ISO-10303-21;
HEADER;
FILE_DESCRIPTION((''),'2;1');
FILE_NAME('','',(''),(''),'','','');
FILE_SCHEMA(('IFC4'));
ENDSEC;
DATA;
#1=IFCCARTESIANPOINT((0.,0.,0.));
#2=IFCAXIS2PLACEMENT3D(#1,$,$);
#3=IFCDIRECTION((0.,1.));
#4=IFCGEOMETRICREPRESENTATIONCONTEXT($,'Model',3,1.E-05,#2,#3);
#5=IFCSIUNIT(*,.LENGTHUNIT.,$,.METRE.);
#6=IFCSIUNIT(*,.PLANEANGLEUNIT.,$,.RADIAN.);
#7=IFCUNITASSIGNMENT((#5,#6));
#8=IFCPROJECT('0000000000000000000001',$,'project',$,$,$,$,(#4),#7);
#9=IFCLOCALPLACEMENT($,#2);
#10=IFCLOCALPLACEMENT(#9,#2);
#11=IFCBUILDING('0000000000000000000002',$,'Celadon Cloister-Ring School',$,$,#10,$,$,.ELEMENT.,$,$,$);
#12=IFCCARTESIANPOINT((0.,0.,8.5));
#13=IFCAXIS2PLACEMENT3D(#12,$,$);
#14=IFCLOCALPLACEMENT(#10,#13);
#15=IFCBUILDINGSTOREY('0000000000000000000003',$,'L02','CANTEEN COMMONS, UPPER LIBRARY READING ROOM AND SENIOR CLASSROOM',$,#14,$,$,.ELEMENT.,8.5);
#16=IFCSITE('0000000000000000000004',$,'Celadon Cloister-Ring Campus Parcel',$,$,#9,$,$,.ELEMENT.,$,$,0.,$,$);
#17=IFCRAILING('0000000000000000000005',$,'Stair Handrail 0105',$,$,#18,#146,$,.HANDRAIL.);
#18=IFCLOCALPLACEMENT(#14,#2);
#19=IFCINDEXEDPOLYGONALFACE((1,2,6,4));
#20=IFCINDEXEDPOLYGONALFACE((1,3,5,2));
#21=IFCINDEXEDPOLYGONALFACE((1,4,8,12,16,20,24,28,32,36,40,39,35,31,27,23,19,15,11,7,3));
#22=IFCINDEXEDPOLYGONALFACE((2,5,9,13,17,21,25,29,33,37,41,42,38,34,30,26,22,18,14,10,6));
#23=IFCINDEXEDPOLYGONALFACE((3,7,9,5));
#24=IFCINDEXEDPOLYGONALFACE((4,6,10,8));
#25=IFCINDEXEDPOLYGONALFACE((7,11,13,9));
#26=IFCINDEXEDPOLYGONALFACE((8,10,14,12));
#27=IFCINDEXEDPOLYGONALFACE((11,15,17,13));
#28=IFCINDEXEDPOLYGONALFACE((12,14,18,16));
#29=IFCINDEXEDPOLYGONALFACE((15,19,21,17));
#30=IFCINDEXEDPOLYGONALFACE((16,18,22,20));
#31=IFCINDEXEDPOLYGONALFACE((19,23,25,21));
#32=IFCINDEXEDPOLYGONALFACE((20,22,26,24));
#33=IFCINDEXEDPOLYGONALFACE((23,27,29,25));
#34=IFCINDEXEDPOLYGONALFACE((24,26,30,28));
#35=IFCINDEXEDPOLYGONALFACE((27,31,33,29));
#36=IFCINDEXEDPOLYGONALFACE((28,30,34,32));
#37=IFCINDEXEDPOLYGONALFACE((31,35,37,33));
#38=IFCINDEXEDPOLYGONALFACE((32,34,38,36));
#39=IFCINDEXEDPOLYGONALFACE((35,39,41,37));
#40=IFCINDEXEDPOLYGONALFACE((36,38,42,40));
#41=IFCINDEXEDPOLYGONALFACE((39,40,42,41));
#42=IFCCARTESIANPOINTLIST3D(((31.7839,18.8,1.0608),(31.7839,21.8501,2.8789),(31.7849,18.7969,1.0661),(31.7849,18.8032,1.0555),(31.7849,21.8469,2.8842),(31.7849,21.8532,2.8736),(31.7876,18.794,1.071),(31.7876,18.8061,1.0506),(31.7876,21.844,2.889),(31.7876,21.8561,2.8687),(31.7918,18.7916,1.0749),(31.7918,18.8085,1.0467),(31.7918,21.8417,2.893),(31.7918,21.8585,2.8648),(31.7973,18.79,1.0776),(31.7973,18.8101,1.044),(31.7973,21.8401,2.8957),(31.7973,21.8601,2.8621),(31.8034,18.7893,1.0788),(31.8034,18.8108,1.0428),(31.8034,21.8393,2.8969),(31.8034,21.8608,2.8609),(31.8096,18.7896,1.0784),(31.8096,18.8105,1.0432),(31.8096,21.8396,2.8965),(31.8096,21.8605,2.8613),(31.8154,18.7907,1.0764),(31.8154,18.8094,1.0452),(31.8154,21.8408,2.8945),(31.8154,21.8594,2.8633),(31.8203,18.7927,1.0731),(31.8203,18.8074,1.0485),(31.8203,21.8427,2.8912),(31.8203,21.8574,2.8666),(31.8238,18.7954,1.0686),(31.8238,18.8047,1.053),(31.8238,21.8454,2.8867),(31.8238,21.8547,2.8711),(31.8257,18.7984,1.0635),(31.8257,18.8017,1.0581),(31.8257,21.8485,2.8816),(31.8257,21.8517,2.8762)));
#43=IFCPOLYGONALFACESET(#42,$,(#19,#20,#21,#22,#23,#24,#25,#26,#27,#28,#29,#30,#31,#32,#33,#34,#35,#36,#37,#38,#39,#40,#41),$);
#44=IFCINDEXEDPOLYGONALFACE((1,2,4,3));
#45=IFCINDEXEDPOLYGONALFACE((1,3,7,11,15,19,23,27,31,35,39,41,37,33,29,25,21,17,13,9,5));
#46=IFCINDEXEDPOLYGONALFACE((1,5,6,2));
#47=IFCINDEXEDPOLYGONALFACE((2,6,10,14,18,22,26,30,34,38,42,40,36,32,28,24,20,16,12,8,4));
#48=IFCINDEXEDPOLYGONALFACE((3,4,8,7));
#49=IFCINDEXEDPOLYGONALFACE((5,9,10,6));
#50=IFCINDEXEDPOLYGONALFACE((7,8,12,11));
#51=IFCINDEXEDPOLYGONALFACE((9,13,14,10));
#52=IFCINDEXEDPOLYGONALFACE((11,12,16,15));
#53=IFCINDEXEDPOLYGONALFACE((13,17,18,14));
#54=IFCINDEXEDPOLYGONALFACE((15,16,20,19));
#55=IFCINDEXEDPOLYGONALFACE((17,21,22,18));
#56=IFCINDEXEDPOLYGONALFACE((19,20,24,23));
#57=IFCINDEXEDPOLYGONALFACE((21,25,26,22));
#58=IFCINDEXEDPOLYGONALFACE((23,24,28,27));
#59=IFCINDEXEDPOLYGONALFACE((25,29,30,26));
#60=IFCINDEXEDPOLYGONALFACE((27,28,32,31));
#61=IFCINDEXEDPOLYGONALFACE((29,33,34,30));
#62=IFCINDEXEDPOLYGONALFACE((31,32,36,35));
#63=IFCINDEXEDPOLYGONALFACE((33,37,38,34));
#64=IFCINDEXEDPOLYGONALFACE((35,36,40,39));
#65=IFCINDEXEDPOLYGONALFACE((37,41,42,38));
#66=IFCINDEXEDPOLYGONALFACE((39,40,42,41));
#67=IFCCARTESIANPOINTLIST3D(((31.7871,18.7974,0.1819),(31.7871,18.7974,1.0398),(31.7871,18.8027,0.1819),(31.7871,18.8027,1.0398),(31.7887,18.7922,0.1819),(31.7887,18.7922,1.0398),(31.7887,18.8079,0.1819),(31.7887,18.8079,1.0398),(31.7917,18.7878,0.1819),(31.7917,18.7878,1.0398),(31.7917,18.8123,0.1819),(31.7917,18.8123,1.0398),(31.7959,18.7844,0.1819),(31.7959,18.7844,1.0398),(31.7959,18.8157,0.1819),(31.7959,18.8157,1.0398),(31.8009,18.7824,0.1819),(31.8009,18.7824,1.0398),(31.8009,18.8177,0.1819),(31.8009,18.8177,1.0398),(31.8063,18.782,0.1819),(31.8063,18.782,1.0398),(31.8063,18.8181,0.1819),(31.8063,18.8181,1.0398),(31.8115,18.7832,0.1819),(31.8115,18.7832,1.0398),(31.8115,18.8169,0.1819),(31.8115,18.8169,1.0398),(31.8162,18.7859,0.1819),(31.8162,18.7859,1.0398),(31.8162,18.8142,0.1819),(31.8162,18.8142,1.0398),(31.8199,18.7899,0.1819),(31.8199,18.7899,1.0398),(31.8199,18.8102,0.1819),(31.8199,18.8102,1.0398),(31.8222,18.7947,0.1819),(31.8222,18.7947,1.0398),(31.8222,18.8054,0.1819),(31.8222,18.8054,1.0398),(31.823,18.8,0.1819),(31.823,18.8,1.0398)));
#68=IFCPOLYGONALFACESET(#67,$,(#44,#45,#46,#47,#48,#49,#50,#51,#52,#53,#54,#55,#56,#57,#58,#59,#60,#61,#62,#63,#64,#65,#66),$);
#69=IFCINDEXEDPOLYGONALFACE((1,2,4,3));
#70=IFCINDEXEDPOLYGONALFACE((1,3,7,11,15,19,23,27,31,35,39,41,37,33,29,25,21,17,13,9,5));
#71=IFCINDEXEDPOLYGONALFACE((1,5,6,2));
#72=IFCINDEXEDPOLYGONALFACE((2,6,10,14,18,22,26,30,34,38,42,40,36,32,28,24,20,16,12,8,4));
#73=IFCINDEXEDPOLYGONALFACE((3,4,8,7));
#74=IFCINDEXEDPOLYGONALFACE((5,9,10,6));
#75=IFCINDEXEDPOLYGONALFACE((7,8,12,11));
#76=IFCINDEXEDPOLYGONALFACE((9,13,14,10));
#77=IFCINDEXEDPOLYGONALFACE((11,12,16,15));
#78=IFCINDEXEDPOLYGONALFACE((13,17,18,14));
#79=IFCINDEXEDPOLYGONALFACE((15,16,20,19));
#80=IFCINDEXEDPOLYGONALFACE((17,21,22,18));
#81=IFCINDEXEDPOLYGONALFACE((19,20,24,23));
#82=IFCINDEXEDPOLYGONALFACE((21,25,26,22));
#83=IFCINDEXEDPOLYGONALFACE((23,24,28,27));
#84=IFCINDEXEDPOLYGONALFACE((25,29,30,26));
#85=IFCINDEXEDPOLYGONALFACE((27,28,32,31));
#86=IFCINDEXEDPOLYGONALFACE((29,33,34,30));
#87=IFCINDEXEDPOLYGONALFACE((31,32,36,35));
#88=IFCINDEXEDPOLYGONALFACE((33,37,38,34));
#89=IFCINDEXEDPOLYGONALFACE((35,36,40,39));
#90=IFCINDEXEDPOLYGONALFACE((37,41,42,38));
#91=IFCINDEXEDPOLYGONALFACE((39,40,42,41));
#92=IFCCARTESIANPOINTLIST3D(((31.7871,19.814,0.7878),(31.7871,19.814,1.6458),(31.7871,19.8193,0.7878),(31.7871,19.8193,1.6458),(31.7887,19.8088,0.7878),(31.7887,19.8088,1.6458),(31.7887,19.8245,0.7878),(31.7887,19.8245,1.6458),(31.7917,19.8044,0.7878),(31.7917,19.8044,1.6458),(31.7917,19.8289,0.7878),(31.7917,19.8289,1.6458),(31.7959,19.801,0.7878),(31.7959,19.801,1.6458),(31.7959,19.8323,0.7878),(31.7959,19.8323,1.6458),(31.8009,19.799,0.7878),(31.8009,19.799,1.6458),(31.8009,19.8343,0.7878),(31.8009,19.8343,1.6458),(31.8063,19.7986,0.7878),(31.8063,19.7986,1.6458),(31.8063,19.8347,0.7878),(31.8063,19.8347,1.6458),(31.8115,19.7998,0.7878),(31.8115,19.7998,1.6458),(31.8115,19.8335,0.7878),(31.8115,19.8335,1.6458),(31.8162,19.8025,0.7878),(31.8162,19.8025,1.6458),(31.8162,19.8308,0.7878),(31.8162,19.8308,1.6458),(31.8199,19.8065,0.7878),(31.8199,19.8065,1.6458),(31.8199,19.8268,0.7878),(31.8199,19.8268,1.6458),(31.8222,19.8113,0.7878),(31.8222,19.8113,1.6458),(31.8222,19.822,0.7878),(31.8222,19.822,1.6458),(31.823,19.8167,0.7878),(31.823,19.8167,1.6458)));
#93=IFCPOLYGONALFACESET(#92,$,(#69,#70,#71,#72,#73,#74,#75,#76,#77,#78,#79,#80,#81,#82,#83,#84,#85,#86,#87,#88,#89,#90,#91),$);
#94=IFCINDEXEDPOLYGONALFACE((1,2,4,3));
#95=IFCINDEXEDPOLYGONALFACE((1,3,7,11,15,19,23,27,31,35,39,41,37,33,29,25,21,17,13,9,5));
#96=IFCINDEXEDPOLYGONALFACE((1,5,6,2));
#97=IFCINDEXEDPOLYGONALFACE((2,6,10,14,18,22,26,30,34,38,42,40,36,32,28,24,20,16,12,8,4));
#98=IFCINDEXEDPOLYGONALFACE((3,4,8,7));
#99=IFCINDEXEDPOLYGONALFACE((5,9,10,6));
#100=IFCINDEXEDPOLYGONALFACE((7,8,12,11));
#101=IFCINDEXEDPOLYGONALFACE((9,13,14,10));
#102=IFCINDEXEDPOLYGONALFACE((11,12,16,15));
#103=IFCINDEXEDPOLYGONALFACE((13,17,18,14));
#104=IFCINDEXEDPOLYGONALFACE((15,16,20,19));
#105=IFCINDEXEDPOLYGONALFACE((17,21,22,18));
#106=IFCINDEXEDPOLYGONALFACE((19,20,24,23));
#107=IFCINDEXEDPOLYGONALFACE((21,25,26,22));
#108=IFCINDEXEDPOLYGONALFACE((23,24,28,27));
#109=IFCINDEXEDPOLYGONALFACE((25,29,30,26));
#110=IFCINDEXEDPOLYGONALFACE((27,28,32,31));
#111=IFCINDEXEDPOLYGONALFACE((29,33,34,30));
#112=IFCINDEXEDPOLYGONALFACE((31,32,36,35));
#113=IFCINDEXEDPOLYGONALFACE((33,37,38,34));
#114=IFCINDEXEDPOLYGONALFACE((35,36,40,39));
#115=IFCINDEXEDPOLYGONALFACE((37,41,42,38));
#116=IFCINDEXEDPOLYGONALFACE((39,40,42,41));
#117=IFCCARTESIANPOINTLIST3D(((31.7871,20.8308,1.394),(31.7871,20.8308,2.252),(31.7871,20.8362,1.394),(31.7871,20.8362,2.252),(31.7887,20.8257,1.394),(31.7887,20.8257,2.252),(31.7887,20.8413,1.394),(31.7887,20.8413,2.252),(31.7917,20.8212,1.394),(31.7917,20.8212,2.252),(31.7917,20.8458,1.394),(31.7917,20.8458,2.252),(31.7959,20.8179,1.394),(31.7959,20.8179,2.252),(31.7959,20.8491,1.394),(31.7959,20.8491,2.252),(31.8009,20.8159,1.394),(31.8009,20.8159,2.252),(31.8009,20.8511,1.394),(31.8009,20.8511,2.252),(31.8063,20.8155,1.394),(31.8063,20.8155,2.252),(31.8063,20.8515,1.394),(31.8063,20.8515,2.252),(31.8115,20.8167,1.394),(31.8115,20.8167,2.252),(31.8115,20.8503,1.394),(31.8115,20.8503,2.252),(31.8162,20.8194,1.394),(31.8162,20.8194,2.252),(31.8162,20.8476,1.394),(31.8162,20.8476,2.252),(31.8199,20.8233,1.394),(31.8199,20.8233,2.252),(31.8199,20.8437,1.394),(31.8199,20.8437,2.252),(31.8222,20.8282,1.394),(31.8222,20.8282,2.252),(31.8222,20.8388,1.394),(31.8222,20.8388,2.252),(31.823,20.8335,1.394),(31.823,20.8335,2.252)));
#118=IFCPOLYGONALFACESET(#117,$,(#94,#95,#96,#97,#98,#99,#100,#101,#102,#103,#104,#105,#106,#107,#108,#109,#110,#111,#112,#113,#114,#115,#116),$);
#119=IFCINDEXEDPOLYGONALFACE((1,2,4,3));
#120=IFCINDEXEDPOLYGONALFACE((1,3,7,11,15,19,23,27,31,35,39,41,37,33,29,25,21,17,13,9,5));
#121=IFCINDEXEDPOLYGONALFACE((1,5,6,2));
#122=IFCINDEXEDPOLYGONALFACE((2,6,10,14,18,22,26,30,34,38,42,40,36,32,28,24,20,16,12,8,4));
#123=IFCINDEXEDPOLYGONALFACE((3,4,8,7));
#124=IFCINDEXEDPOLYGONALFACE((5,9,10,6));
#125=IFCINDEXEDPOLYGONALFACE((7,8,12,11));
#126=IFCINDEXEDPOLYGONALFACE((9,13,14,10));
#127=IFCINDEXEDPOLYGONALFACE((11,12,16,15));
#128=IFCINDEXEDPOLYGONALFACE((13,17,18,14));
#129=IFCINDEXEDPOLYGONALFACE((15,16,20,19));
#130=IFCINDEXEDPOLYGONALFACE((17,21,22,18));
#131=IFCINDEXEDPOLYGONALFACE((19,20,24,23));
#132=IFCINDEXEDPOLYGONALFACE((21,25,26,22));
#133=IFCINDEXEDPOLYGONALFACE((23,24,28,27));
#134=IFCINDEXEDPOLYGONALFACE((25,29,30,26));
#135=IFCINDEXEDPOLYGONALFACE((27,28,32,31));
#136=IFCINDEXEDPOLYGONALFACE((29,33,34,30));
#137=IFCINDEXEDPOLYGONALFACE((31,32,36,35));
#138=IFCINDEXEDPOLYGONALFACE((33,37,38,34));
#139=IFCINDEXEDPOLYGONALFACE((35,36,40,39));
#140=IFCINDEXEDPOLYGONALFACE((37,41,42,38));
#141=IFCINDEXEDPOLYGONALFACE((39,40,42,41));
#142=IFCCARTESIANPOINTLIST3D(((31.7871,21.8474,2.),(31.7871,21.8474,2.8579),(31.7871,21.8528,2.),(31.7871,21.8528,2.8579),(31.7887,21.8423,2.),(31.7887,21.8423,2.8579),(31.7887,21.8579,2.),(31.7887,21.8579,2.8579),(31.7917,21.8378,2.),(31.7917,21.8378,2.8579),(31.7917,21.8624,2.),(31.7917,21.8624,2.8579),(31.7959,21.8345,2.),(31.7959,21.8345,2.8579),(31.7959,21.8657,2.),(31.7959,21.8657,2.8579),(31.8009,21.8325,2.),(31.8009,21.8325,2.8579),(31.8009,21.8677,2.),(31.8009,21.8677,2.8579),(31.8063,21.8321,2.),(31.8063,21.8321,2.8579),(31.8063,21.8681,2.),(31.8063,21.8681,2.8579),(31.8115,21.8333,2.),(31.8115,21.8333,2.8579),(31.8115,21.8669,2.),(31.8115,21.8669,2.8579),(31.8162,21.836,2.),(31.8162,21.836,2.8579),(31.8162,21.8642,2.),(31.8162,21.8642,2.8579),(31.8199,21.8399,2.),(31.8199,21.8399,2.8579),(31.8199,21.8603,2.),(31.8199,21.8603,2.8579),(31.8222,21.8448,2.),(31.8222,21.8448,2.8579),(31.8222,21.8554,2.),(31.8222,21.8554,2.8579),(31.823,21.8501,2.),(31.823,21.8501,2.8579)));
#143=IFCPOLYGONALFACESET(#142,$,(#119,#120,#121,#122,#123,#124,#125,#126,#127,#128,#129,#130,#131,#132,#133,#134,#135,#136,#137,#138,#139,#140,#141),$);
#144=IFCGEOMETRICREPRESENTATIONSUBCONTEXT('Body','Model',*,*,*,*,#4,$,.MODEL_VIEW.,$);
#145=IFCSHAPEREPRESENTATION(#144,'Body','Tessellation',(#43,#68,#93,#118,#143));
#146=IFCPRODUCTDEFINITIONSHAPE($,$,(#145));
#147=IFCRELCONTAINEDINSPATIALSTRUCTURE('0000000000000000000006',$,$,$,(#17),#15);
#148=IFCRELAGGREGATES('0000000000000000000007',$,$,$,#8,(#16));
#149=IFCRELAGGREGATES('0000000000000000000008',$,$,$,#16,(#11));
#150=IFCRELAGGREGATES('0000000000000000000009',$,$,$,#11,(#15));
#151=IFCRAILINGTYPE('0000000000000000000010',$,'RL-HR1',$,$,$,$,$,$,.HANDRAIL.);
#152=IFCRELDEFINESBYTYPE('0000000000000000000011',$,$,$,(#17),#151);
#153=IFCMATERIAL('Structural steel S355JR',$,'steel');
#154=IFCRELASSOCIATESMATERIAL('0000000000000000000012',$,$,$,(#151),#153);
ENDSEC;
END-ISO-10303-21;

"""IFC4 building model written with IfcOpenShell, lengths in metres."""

from ifc_helpers import new_model, si_unit, direction, frame, origin, origin_2d, place, context, subcontext, project, spatial, circle, extrude, material, type_object, element, save


model = new_model("IFC4")

# Units and contexts
model_context = context("Model", 3, precision=1e-05, world=origin(), true_north=direction((0.0, 1.0)))
body_context = subcontext(model_context, "Body", "Model", "MODEL_VIEW")
ifc_project = project(units=[si_unit("LENGTHUNIT", "METRE"), si_unit("PLANEANGLEUNIT", "RADIAN")], contexts=[model_context])

# Site, building, storey
site_placement = place(None, origin())
site = spatial("IfcSite", under=ifc_project, at=site_placement, Name="Celadon Cloister-Ring Campus Parcel", CompositionType="ELEMENT", RefElevation=0.0)
building_placement = place(site_placement, origin())
building = spatial("IfcBuilding", under=site, at=building_placement, Name="Celadon Cloister-Ring School", CompositionType="ELEMENT")
storey_placement = place(building_placement, frame((0.0, 0.0, 8.5)))
storey = spatial("IfcBuildingStorey", under=building, at=storey_placement, Name="L02", Description="CANTEEN COMMONS, UPPER LIBRARY READING ROOM AND SENIOR CLASSROOM", CompositionType="ELEMENT", Elevation=8.5)

# Railing
ifc_material_1 = material(Name="Structural steel S355JR", Category="steel")
railing_type_1 = type_object("IfcRailingType", Name="RL-HR1", PredefinedType="HANDRAIL", material=ifc_material_1)
for number, where, name in (
    (1, (31.8049, 18.8, 0.1819), "Stair Handrail 0105"),
):
    element("IfcRailing", number, at=place(storey_placement, frame(where)), inside=storey, type_object=railing_type_1, Name=name, PredefinedType="HANDRAIL", context=body_context, shape_type="SweptSolid", body=[
        extrude(circle(Radius=0.021, at=origin_2d()), frame((0.0, 0.0, 0.8789), z_axis=(0.0, 0.85897, 0.512026), x_axis=(-1.0, 0.0, 0.0)), (0.0, 0.0, 1.0), 3.5508),
        extrude(circle(Radius=0.0181, at=origin_2d()), origin(), (0.0, 0.0, 1.0), 0.8579),
        extrude(circle(Radius=0.0181, at=origin_2d()), frame((0.0, 1.0166, 0.606)), (0.0, 0.0, 1.0), 0.8579),
        extrude(circle(Radius=0.0181, at=origin_2d()), frame((0.0, 2.0334, 1.2122)), (0.0, 0.0, 1.0), 0.8579),
        extrude(circle(Radius=0.0181, at=origin_2d()), frame((0.0, 3.05, 1.8181)), (0.0, 0.0, 1.0), 0.8579),
    ])

save(model, "model.ifc")
